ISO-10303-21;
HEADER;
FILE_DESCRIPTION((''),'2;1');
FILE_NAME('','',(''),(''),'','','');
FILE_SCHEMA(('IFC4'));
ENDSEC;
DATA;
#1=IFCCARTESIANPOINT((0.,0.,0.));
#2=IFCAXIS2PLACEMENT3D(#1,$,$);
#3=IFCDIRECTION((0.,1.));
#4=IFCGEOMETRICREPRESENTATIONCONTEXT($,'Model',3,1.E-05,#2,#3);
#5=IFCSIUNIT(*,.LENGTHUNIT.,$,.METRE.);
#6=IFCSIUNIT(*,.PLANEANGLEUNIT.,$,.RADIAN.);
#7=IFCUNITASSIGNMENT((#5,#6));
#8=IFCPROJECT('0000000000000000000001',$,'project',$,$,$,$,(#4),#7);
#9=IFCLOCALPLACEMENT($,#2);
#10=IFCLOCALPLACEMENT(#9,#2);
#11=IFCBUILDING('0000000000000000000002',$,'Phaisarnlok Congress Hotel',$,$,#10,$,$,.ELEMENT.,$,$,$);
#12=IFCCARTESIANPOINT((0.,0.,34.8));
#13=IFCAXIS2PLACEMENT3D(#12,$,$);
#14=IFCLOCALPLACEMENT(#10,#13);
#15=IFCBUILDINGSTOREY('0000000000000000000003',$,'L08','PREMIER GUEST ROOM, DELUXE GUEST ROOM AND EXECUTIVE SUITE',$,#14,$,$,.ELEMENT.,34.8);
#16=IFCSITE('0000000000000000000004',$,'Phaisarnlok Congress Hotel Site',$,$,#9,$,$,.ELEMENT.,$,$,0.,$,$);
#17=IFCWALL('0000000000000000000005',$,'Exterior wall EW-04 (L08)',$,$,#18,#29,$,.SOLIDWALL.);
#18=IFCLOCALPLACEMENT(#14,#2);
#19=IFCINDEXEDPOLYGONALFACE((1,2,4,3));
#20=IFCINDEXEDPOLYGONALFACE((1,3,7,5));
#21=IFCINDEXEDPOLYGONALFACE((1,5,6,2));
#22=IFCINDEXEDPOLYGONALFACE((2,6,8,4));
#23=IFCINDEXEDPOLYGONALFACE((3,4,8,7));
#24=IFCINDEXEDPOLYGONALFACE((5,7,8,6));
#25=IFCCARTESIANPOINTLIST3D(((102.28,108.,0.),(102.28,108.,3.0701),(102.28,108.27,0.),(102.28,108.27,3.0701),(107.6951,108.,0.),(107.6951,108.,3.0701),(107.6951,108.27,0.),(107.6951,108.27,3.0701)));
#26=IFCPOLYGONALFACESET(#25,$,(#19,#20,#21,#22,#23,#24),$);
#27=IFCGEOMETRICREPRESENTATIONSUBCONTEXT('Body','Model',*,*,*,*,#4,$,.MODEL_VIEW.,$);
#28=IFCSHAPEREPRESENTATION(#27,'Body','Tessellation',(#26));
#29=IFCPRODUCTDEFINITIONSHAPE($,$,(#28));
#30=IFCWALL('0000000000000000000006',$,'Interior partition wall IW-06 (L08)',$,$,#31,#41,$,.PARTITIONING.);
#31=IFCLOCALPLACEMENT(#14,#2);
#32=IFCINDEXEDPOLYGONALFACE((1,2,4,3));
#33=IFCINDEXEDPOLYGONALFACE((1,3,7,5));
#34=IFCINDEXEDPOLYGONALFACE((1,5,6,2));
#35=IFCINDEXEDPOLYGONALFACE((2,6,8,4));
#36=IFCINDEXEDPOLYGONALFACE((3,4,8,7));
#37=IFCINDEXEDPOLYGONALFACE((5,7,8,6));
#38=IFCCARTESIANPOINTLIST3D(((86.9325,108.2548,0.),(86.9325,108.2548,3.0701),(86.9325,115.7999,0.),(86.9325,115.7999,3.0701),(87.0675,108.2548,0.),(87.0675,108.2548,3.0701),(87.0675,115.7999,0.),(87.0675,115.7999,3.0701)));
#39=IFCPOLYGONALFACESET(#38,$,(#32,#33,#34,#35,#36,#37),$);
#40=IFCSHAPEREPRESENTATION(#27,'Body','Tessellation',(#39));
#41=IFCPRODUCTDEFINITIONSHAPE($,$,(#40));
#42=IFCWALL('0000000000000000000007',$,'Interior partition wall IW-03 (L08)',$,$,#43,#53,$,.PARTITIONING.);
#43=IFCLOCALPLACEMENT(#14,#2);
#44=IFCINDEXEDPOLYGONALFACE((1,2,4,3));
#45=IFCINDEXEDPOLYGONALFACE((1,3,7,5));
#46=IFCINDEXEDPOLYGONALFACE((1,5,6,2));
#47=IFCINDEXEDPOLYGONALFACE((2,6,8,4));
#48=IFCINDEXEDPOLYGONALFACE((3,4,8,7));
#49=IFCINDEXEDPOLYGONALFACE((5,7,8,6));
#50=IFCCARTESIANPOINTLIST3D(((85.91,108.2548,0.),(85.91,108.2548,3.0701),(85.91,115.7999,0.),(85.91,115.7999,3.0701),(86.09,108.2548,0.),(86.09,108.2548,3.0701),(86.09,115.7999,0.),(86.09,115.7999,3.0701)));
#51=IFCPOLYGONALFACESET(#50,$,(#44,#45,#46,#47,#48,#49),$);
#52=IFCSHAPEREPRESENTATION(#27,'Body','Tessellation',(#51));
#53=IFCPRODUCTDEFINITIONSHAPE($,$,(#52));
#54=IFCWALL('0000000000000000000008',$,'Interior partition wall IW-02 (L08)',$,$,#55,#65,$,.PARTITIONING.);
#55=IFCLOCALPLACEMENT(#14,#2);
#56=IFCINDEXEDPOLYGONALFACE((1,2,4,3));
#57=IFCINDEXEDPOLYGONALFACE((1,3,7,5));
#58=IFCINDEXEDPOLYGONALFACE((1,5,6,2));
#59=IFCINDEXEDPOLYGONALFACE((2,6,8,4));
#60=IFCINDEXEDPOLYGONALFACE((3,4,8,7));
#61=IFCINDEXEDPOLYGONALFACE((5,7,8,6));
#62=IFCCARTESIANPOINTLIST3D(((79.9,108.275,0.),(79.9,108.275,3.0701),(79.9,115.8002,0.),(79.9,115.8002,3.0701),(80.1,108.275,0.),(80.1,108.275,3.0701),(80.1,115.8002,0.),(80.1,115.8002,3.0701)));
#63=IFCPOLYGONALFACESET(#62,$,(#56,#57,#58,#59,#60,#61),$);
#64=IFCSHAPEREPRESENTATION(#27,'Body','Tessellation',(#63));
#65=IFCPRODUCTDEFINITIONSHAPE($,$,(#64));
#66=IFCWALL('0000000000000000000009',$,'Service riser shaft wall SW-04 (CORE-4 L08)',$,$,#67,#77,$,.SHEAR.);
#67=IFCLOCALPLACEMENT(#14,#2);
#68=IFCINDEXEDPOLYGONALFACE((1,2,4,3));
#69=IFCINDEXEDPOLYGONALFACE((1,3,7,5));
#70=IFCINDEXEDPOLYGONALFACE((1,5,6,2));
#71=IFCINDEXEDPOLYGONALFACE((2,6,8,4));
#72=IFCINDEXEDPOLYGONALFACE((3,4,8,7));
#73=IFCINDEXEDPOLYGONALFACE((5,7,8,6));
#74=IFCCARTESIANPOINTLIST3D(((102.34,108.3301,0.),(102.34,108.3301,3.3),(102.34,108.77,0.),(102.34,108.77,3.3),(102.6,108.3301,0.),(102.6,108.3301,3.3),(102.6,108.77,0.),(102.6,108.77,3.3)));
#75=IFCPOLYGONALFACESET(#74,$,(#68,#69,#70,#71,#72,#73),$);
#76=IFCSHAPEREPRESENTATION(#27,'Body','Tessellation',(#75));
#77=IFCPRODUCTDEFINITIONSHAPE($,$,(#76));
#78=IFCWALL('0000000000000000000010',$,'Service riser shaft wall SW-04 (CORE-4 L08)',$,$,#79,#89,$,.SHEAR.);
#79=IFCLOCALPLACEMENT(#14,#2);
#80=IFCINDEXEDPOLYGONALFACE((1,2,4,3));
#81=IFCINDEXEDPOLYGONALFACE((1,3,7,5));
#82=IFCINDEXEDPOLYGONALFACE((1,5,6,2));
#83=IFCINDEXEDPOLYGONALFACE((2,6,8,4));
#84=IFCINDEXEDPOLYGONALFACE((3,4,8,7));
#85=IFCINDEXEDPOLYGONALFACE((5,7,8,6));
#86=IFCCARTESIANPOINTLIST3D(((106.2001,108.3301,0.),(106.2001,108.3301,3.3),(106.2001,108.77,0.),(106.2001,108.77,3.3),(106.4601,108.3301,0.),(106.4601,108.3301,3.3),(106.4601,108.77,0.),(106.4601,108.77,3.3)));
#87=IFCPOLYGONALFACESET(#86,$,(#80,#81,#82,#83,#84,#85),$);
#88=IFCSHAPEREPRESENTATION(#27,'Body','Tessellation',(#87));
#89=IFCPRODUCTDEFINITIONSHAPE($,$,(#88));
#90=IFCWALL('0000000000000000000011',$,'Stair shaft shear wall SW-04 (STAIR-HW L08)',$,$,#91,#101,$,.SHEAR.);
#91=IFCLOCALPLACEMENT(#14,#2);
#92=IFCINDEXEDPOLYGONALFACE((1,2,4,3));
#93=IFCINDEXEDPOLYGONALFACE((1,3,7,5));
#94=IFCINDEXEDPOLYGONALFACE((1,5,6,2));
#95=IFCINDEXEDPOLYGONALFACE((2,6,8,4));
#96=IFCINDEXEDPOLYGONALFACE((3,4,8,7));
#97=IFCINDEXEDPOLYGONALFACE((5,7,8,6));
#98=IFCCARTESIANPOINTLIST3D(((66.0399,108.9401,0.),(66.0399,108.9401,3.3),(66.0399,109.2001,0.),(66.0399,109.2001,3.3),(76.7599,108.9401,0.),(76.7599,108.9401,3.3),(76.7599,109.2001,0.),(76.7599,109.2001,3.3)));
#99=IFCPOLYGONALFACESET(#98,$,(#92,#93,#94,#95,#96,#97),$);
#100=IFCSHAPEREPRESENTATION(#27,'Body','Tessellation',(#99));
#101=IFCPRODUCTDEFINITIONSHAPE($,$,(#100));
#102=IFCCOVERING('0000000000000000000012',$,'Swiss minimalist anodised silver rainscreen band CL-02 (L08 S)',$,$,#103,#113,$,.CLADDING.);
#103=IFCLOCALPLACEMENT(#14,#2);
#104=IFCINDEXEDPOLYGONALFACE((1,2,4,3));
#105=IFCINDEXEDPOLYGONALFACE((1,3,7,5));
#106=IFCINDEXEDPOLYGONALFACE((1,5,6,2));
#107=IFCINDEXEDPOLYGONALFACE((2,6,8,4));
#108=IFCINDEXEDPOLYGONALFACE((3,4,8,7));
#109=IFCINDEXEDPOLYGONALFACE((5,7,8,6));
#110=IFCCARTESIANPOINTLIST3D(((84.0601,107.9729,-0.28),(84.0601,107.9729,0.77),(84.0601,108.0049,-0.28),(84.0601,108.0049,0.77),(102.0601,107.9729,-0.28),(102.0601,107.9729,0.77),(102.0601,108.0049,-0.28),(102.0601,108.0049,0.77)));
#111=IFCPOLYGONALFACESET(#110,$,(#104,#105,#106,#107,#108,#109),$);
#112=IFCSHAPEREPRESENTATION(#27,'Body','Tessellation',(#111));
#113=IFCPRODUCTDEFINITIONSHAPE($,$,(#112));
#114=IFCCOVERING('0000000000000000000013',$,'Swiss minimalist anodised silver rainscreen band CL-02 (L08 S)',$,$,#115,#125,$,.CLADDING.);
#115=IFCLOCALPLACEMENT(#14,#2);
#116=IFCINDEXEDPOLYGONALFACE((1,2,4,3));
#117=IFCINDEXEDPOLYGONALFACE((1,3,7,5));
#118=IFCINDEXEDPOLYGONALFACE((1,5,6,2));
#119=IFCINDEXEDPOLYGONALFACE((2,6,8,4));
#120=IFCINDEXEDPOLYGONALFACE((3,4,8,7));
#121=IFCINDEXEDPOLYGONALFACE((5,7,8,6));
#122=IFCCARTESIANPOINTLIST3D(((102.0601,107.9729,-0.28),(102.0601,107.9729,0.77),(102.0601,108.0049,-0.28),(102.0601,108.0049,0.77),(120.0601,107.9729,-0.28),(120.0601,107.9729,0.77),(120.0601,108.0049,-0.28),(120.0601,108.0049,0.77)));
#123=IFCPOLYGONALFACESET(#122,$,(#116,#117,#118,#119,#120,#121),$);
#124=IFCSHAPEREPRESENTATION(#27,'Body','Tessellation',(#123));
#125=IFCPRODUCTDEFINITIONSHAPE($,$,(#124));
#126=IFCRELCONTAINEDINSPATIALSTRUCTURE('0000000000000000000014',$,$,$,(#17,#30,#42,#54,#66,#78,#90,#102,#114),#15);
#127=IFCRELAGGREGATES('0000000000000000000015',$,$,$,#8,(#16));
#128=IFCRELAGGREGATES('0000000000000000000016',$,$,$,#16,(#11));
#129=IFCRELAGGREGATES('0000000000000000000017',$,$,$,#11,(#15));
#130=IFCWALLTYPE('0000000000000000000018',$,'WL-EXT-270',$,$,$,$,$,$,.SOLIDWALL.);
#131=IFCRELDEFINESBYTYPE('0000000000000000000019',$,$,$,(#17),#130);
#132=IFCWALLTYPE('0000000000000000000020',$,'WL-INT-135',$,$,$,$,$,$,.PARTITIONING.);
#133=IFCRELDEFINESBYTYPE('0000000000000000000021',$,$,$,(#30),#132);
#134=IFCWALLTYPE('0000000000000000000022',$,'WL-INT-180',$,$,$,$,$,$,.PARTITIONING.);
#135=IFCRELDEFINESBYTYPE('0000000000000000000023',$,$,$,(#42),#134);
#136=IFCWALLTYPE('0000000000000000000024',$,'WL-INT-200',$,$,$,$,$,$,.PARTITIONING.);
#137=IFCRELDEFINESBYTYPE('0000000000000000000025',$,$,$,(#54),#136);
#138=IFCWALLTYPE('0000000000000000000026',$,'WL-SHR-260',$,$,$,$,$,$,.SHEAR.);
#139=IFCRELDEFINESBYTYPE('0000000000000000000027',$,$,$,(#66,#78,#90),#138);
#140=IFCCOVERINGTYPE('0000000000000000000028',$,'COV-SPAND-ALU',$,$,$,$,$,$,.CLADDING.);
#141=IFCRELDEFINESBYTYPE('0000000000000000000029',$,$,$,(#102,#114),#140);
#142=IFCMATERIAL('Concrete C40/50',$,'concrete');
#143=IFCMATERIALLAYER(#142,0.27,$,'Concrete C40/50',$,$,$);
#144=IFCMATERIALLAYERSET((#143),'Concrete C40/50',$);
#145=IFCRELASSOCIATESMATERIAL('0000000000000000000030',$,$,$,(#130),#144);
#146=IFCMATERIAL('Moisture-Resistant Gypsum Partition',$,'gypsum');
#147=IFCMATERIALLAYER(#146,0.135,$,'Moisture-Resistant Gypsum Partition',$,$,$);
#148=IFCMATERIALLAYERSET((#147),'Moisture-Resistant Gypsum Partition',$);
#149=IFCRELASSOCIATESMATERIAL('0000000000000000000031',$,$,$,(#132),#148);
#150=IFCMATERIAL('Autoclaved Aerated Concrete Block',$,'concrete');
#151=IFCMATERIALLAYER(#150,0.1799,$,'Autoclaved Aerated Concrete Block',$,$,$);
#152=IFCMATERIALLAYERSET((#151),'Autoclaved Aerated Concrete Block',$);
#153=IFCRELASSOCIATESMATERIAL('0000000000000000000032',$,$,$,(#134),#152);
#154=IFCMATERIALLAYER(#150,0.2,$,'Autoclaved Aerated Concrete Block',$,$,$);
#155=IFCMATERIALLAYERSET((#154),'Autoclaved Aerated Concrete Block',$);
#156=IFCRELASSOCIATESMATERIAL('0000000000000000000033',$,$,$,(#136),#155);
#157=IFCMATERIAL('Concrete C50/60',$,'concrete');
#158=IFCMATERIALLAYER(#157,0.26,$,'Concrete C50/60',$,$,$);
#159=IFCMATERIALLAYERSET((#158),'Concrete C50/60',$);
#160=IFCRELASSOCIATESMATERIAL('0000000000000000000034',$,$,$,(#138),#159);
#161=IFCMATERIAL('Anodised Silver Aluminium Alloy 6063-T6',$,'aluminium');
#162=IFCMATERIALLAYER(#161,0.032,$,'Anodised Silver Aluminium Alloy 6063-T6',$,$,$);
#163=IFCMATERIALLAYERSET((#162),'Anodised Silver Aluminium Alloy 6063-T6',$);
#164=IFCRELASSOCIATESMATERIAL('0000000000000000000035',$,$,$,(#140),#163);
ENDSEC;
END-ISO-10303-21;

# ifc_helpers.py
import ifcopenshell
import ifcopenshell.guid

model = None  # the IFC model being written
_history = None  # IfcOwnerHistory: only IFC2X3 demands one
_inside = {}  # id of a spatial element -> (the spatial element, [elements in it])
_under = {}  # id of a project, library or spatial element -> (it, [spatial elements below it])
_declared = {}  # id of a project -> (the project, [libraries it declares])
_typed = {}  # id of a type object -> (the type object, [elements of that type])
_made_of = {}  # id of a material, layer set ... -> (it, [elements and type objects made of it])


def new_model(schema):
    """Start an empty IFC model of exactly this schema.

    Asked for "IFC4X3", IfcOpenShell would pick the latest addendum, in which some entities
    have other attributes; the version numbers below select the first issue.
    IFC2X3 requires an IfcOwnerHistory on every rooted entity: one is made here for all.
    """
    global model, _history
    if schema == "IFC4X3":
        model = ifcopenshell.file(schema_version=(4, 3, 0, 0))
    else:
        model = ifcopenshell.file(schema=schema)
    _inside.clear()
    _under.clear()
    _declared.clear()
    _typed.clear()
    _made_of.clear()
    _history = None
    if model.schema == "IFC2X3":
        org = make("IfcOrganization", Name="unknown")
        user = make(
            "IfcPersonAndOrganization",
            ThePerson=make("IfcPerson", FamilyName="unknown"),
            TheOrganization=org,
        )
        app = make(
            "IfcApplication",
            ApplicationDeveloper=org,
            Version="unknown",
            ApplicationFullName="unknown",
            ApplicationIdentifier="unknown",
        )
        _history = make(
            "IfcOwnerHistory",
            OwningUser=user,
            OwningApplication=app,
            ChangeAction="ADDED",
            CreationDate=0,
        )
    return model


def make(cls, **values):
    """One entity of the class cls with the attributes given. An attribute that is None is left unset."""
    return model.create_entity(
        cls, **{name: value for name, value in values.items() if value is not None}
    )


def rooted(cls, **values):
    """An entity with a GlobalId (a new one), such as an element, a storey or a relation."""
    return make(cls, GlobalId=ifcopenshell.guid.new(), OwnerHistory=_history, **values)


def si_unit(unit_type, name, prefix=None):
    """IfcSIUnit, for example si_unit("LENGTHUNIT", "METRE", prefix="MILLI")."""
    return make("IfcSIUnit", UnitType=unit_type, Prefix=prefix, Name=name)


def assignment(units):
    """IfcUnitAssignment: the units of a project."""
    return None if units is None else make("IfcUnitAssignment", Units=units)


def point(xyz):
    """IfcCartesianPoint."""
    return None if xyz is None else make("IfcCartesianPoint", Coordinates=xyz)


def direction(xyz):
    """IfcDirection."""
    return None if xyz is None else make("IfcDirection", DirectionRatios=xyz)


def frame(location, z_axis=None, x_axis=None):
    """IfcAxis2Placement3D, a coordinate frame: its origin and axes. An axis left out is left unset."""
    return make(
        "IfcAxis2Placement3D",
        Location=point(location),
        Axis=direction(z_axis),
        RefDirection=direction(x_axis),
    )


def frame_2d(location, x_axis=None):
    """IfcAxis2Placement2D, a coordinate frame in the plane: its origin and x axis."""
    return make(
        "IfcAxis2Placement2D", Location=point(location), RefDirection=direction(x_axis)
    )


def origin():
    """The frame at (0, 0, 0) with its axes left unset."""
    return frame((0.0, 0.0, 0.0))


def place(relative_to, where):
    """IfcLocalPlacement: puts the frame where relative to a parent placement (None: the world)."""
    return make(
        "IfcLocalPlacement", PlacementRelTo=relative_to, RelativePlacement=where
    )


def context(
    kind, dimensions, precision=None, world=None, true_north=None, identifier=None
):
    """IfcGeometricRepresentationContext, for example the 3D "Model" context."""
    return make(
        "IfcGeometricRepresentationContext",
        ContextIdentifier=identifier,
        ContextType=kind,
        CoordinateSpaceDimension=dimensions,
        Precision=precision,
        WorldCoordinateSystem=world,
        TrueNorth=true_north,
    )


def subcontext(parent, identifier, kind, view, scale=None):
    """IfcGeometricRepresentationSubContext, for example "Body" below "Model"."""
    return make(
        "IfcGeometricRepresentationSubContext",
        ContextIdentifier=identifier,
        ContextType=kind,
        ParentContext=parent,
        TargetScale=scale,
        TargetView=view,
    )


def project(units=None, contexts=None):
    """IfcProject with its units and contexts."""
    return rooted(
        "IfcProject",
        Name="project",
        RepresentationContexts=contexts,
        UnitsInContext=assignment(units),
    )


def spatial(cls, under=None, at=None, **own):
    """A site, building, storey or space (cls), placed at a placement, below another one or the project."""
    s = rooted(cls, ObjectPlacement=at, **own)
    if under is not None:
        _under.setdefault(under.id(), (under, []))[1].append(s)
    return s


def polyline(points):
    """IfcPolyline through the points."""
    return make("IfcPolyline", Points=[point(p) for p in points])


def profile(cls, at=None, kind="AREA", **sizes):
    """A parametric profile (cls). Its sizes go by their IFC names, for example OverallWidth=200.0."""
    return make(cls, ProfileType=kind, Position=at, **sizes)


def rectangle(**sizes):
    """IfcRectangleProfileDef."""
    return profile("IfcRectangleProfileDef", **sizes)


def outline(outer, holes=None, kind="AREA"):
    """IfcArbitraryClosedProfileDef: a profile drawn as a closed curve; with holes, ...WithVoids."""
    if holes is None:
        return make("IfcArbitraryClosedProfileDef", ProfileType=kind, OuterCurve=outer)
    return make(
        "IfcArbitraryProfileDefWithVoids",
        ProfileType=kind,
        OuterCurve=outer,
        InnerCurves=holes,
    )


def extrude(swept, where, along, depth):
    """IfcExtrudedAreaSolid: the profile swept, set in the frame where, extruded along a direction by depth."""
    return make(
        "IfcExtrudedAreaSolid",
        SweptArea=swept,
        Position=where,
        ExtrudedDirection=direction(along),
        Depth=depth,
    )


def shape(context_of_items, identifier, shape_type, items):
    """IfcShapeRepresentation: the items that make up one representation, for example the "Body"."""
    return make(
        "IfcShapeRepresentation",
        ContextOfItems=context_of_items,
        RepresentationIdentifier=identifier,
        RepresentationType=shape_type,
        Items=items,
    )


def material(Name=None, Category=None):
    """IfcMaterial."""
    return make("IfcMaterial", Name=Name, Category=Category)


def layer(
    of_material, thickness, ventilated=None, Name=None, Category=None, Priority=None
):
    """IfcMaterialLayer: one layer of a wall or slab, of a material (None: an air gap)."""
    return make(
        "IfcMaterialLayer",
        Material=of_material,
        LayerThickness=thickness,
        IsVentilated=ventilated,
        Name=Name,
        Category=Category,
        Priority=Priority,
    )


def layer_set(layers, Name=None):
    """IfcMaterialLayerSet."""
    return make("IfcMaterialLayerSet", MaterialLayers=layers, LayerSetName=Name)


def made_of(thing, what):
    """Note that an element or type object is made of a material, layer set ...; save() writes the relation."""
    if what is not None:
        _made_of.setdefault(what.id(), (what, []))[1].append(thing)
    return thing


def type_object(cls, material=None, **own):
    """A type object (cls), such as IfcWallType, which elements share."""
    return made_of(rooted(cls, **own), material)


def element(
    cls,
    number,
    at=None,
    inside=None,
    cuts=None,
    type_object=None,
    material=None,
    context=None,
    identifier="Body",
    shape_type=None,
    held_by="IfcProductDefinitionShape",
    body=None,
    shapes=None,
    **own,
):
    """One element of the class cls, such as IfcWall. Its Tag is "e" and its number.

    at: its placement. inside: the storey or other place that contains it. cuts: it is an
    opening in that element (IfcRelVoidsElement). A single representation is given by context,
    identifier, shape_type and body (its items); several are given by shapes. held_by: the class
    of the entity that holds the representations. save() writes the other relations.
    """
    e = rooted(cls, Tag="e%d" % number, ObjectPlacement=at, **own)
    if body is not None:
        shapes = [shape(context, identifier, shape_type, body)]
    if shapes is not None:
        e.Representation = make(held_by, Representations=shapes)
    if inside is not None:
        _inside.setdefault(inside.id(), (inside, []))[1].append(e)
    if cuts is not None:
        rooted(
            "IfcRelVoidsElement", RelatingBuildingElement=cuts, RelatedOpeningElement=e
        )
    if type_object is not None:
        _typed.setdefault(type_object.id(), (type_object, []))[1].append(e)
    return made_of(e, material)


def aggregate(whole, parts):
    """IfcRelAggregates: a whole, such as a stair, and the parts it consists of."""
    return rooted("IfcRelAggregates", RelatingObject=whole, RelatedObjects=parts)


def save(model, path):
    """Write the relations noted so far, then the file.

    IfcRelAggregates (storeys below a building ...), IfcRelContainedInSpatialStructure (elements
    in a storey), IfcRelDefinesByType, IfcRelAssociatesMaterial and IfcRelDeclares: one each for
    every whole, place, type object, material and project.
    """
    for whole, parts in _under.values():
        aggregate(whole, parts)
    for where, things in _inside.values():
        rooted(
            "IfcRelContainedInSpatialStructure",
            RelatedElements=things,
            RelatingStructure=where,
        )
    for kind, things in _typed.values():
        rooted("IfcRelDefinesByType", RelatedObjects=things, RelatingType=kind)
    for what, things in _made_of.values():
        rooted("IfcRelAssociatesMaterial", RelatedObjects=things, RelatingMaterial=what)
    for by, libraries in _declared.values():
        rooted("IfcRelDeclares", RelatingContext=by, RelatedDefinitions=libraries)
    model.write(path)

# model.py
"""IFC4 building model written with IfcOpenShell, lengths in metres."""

from ifc_helpers import new_model, si_unit, direction, frame, frame_2d, origin, place, context, subcontext, project, spatial, polyline, rectangle, outline, extrude, material, layer, layer_set, type_object, element, save


model = new_model("IFC4")

# Units and contexts
model_context = context("Model", 3, precision=1e-05, world=origin(), true_north=direction((0.0, 1.0)))
body_context = subcontext(model_context, "Body", "Model", "MODEL_VIEW")
ifc_project = project(units=[si_unit("LENGTHUNIT", "METRE"), si_unit("PLANEANGLEUNIT", "RADIAN")], contexts=[model_context])

# Site, building, storey
site_placement = place(None, origin())
site = spatial("IfcSite", under=ifc_project, at=site_placement, Name="Phaisarnlok Congress Hotel Site", CompositionType="ELEMENT", RefElevation=0.0)
building_placement = place(site_placement, origin())
building = spatial("IfcBuilding", under=site, at=building_placement, Name="Phaisarnlok Congress Hotel", CompositionType="ELEMENT")
storey_placement = place(building_placement, frame((0.0, 0.0, 34.8)))
storey = spatial("IfcBuildingStorey", under=building, at=storey_placement, Name="L08", Description="PREMIER GUEST ROOM, DELUXE GUEST ROOM AND EXECUTIVE SUITE", CompositionType="ELEMENT", Elevation=34.8)

# Shared definitions
ifc_material_1 = material(Name="Concrete C40/50", Category="concrete")

# Shared definitions
ifc_layer_1 = layer(ifc_material_1, 0.27, Name="Concrete C40/50")
ifc_layer_set_1 = layer_set([ifc_layer_1], Name="Concrete C40/50")
wall_type_1 = type_object("IfcWallType", Name="WL-EXT-270", PredefinedType="SOLIDWALL", material=ifc_layer_set_1)

# Walls
wall_1_placement = place(storey_placement, frame((102.28, 108.135, 0.0), z_axis=(0.0, 0.0, 1.0), x_axis=(1.0, 0.0, 0.0)))
element("IfcWall", 1, at=wall_1_placement, inside=storey, type_object=wall_type_1, Name="Exterior wall EW-04 (L08)", PredefinedType="SOLIDWALL", context=body_context, shape_type="SweptSolid", body=[
    extrude(rectangle(XDim=5.415, YDim=0.27, at=frame_2d((2.7075, 0.0))), origin(), (0.0, 0.0, 1.0), 3.0701),
])
ifc_material_2 = material(Name="Moisture-Resistant Gypsum Partition", Category="gypsum")
ifc_layer_2 = layer(ifc_material_2, 0.135, Name="Moisture-Resistant Gypsum Partition")
ifc_layer_set_2 = layer_set([ifc_layer_2], Name="Moisture-Resistant Gypsum Partition")
wall_type_2 = type_object("IfcWallType", Name="WL-INT-135", PredefinedType="PARTITIONING", material=ifc_layer_set_2)
wall_2_placement = place(storey_placement, frame((87.0, 108.2549, 0.0), z_axis=(0.0, 0.0, 1.0), x_axis=(0.0, 1.0, 0.0)))
element("IfcWall", 2, at=wall_2_placement, inside=storey, type_object=wall_type_2, Name="Interior partition wall IW-06 (L08)", PredefinedType="PARTITIONING", context=body_context, shape_type="SweptSolid", body=[
    extrude(rectangle(XDim=7.5452, YDim=0.135, at=frame_2d((3.7725, 0.0))), origin(), (0.0, 0.0, 1.0), 3.0701),
])
ifc_material_3 = material(Name="Autoclaved Aerated Concrete Block", Category="concrete")
ifc_layer_3 = layer(ifc_material_3, 0.1799, Name="Autoclaved Aerated Concrete Block")
ifc_layer_set_3 = layer_set([ifc_layer_3], Name="Autoclaved Aerated Concrete Block")
wall_type_3 = type_object("IfcWallType", Name="WL-INT-180", PredefinedType="PARTITIONING", material=ifc_layer_set_3)
wall_3_placement = place(storey_placement, frame((86.0, 108.2549, 0.0), z_axis=(0.0, 0.0, 1.0), x_axis=(0.0, 1.0, 0.0)))
element("IfcWall", 3, at=wall_3_placement, inside=storey, type_object=wall_type_3, Name="Interior partition wall IW-03 (L08)", PredefinedType="PARTITIONING", context=body_context, shape_type="SweptSolid", body=[
    extrude(rectangle(XDim=7.5452, YDim=0.1799, at=frame_2d((3.7725, 0.0))), origin(), (0.0, 0.0, 1.0), 3.0701),
])
ifc_layer_4 = layer(ifc_material_3, 0.2, Name="Autoclaved Aerated Concrete Block")
ifc_layer_set_4 = layer_set([ifc_layer_4], Name="Autoclaved Aerated Concrete Block")
wall_type_4 = type_object("IfcWallType", Name="WL-INT-200", PredefinedType="PARTITIONING", material=ifc_layer_set_4)
wall_4_placement = place(storey_placement, frame((80.0, 108.2749, 0.0), z_axis=(0.0, 0.0, 1.0), x_axis=(0.0, 1.0, 0.0)))
element("IfcWall", 4, at=wall_4_placement, inside=storey, type_object=wall_type_4, Name="Interior partition wall IW-02 (L08)", PredefinedType="PARTITIONING", context=body_context, shape_type="SweptSolid", body=[
    extrude(rectangle(XDim=7.5251, YDim=0.2, at=frame_2d((3.7627, 0.0))), origin(), (0.0, 0.0, 1.0), 3.0701),
])
ifc_material_4 = material(Name="Concrete C50/60", Category="concrete")
ifc_layer_5 = layer(ifc_material_4, 0.26, Name="Concrete C50/60")
ifc_layer_set_5 = layer_set([ifc_layer_5], Name="Concrete C50/60")
wall_type_5 = type_object("IfcWallType", Name="WL-SHR-260", PredefinedType="SHEAR", material=ifc_layer_set_5)
for number, where, z_axis, x_axis, name in (
    (5, (102.47, 108.3301, 0.0), (0.0, 0.0, 1.0), (0.0, 1.0, 0.0), "Service riser shaft wall SW-04 (CORE-4 L08)"),
    (6, (106.3301, 108.3301, 0.0), (0.0, 0.0, 1.0), (0.0, 1.0, 0.0), "Service riser shaft wall SW-04 (CORE-4 L08)"),
):
    element("IfcWall", number, at=place(storey_placement, frame(where, z_axis=z_axis, x_axis=x_axis)), inside=storey, type_object=wall_type_5, Name=name, PredefinedType="SHEAR", context=body_context, shape_type="SweptSolid", body=[
        extrude(rectangle(XDim=0.4399, YDim=0.26, at=frame_2d((0.22, 0.0))), origin(), (0.0, 0.0, 1.0), 3.3),
    ])
wall_5_placement = place(storey_placement, frame((66.04, 109.0701, 0.0), z_axis=(0.0, 0.0, 1.0), x_axis=(1.0, 0.0, 0.0)))
element("IfcWall", 7, at=wall_5_placement, inside=storey, type_object=wall_type_5, Name="Stair shaft shear wall SW-04 (STAIR-HW L08)", PredefinedType="SHEAR", context=body_context, shape_type="SweptSolid", body=[
    extrude(rectangle(XDim=10.72, YDim=0.26, at=frame_2d((5.3599, 0.0))), origin(), (0.0, 0.0, 1.0), 3.3),
])

# Coverings
ifc_material_5 = material(Name="Anodised Silver Aluminium Alloy 6063-T6", Category="aluminium")
ifc_layer_6 = layer(ifc_material_5, 0.032, Name="Anodised Silver Aluminium Alloy 6063-T6")
ifc_layer_set_6 = layer_set([ifc_layer_6], Name="Anodised Silver Aluminium Alloy 6063-T6")
covering_type = type_object("IfcCoveringType", Name="COV-SPAND-ALU", PredefinedType="CLADDING", material=ifc_layer_set_6)
for number, where, z_axis, x_axis, name in (
    (8, (84.0601, 108.0049, -0.28), (0.0, -1.0, 0.0), (1.0, 0.0, 0.0), "Swiss minimalist anodised silver rainscreen band CL-02 (L08 S)"),
    (9, (102.0601, 108.0049, -0.28), (0.0, -1.0, 0.0), (1.0, 0.0, 0.0), "Swiss minimalist anodised silver rainscreen band CL-02 (L08 S)"),
):
    element("IfcCovering", number, at=place(storey_placement, frame(where, z_axis=z_axis, x_axis=x_axis)), inside=storey, type_object=covering_type, Name=name, PredefinedType="CLADDING", context=body_context, shape_type="SweptSolid", body=[
        extrude(outline(polyline([(0.0, 0.0), (18.0, 0.0), (18.0, 1.05), (0.0, 1.05), (0.0, 0.0)])), origin(), (0.0, 0.0, 1.0), 0.032),
    ])

save(model, "model.ifc")
